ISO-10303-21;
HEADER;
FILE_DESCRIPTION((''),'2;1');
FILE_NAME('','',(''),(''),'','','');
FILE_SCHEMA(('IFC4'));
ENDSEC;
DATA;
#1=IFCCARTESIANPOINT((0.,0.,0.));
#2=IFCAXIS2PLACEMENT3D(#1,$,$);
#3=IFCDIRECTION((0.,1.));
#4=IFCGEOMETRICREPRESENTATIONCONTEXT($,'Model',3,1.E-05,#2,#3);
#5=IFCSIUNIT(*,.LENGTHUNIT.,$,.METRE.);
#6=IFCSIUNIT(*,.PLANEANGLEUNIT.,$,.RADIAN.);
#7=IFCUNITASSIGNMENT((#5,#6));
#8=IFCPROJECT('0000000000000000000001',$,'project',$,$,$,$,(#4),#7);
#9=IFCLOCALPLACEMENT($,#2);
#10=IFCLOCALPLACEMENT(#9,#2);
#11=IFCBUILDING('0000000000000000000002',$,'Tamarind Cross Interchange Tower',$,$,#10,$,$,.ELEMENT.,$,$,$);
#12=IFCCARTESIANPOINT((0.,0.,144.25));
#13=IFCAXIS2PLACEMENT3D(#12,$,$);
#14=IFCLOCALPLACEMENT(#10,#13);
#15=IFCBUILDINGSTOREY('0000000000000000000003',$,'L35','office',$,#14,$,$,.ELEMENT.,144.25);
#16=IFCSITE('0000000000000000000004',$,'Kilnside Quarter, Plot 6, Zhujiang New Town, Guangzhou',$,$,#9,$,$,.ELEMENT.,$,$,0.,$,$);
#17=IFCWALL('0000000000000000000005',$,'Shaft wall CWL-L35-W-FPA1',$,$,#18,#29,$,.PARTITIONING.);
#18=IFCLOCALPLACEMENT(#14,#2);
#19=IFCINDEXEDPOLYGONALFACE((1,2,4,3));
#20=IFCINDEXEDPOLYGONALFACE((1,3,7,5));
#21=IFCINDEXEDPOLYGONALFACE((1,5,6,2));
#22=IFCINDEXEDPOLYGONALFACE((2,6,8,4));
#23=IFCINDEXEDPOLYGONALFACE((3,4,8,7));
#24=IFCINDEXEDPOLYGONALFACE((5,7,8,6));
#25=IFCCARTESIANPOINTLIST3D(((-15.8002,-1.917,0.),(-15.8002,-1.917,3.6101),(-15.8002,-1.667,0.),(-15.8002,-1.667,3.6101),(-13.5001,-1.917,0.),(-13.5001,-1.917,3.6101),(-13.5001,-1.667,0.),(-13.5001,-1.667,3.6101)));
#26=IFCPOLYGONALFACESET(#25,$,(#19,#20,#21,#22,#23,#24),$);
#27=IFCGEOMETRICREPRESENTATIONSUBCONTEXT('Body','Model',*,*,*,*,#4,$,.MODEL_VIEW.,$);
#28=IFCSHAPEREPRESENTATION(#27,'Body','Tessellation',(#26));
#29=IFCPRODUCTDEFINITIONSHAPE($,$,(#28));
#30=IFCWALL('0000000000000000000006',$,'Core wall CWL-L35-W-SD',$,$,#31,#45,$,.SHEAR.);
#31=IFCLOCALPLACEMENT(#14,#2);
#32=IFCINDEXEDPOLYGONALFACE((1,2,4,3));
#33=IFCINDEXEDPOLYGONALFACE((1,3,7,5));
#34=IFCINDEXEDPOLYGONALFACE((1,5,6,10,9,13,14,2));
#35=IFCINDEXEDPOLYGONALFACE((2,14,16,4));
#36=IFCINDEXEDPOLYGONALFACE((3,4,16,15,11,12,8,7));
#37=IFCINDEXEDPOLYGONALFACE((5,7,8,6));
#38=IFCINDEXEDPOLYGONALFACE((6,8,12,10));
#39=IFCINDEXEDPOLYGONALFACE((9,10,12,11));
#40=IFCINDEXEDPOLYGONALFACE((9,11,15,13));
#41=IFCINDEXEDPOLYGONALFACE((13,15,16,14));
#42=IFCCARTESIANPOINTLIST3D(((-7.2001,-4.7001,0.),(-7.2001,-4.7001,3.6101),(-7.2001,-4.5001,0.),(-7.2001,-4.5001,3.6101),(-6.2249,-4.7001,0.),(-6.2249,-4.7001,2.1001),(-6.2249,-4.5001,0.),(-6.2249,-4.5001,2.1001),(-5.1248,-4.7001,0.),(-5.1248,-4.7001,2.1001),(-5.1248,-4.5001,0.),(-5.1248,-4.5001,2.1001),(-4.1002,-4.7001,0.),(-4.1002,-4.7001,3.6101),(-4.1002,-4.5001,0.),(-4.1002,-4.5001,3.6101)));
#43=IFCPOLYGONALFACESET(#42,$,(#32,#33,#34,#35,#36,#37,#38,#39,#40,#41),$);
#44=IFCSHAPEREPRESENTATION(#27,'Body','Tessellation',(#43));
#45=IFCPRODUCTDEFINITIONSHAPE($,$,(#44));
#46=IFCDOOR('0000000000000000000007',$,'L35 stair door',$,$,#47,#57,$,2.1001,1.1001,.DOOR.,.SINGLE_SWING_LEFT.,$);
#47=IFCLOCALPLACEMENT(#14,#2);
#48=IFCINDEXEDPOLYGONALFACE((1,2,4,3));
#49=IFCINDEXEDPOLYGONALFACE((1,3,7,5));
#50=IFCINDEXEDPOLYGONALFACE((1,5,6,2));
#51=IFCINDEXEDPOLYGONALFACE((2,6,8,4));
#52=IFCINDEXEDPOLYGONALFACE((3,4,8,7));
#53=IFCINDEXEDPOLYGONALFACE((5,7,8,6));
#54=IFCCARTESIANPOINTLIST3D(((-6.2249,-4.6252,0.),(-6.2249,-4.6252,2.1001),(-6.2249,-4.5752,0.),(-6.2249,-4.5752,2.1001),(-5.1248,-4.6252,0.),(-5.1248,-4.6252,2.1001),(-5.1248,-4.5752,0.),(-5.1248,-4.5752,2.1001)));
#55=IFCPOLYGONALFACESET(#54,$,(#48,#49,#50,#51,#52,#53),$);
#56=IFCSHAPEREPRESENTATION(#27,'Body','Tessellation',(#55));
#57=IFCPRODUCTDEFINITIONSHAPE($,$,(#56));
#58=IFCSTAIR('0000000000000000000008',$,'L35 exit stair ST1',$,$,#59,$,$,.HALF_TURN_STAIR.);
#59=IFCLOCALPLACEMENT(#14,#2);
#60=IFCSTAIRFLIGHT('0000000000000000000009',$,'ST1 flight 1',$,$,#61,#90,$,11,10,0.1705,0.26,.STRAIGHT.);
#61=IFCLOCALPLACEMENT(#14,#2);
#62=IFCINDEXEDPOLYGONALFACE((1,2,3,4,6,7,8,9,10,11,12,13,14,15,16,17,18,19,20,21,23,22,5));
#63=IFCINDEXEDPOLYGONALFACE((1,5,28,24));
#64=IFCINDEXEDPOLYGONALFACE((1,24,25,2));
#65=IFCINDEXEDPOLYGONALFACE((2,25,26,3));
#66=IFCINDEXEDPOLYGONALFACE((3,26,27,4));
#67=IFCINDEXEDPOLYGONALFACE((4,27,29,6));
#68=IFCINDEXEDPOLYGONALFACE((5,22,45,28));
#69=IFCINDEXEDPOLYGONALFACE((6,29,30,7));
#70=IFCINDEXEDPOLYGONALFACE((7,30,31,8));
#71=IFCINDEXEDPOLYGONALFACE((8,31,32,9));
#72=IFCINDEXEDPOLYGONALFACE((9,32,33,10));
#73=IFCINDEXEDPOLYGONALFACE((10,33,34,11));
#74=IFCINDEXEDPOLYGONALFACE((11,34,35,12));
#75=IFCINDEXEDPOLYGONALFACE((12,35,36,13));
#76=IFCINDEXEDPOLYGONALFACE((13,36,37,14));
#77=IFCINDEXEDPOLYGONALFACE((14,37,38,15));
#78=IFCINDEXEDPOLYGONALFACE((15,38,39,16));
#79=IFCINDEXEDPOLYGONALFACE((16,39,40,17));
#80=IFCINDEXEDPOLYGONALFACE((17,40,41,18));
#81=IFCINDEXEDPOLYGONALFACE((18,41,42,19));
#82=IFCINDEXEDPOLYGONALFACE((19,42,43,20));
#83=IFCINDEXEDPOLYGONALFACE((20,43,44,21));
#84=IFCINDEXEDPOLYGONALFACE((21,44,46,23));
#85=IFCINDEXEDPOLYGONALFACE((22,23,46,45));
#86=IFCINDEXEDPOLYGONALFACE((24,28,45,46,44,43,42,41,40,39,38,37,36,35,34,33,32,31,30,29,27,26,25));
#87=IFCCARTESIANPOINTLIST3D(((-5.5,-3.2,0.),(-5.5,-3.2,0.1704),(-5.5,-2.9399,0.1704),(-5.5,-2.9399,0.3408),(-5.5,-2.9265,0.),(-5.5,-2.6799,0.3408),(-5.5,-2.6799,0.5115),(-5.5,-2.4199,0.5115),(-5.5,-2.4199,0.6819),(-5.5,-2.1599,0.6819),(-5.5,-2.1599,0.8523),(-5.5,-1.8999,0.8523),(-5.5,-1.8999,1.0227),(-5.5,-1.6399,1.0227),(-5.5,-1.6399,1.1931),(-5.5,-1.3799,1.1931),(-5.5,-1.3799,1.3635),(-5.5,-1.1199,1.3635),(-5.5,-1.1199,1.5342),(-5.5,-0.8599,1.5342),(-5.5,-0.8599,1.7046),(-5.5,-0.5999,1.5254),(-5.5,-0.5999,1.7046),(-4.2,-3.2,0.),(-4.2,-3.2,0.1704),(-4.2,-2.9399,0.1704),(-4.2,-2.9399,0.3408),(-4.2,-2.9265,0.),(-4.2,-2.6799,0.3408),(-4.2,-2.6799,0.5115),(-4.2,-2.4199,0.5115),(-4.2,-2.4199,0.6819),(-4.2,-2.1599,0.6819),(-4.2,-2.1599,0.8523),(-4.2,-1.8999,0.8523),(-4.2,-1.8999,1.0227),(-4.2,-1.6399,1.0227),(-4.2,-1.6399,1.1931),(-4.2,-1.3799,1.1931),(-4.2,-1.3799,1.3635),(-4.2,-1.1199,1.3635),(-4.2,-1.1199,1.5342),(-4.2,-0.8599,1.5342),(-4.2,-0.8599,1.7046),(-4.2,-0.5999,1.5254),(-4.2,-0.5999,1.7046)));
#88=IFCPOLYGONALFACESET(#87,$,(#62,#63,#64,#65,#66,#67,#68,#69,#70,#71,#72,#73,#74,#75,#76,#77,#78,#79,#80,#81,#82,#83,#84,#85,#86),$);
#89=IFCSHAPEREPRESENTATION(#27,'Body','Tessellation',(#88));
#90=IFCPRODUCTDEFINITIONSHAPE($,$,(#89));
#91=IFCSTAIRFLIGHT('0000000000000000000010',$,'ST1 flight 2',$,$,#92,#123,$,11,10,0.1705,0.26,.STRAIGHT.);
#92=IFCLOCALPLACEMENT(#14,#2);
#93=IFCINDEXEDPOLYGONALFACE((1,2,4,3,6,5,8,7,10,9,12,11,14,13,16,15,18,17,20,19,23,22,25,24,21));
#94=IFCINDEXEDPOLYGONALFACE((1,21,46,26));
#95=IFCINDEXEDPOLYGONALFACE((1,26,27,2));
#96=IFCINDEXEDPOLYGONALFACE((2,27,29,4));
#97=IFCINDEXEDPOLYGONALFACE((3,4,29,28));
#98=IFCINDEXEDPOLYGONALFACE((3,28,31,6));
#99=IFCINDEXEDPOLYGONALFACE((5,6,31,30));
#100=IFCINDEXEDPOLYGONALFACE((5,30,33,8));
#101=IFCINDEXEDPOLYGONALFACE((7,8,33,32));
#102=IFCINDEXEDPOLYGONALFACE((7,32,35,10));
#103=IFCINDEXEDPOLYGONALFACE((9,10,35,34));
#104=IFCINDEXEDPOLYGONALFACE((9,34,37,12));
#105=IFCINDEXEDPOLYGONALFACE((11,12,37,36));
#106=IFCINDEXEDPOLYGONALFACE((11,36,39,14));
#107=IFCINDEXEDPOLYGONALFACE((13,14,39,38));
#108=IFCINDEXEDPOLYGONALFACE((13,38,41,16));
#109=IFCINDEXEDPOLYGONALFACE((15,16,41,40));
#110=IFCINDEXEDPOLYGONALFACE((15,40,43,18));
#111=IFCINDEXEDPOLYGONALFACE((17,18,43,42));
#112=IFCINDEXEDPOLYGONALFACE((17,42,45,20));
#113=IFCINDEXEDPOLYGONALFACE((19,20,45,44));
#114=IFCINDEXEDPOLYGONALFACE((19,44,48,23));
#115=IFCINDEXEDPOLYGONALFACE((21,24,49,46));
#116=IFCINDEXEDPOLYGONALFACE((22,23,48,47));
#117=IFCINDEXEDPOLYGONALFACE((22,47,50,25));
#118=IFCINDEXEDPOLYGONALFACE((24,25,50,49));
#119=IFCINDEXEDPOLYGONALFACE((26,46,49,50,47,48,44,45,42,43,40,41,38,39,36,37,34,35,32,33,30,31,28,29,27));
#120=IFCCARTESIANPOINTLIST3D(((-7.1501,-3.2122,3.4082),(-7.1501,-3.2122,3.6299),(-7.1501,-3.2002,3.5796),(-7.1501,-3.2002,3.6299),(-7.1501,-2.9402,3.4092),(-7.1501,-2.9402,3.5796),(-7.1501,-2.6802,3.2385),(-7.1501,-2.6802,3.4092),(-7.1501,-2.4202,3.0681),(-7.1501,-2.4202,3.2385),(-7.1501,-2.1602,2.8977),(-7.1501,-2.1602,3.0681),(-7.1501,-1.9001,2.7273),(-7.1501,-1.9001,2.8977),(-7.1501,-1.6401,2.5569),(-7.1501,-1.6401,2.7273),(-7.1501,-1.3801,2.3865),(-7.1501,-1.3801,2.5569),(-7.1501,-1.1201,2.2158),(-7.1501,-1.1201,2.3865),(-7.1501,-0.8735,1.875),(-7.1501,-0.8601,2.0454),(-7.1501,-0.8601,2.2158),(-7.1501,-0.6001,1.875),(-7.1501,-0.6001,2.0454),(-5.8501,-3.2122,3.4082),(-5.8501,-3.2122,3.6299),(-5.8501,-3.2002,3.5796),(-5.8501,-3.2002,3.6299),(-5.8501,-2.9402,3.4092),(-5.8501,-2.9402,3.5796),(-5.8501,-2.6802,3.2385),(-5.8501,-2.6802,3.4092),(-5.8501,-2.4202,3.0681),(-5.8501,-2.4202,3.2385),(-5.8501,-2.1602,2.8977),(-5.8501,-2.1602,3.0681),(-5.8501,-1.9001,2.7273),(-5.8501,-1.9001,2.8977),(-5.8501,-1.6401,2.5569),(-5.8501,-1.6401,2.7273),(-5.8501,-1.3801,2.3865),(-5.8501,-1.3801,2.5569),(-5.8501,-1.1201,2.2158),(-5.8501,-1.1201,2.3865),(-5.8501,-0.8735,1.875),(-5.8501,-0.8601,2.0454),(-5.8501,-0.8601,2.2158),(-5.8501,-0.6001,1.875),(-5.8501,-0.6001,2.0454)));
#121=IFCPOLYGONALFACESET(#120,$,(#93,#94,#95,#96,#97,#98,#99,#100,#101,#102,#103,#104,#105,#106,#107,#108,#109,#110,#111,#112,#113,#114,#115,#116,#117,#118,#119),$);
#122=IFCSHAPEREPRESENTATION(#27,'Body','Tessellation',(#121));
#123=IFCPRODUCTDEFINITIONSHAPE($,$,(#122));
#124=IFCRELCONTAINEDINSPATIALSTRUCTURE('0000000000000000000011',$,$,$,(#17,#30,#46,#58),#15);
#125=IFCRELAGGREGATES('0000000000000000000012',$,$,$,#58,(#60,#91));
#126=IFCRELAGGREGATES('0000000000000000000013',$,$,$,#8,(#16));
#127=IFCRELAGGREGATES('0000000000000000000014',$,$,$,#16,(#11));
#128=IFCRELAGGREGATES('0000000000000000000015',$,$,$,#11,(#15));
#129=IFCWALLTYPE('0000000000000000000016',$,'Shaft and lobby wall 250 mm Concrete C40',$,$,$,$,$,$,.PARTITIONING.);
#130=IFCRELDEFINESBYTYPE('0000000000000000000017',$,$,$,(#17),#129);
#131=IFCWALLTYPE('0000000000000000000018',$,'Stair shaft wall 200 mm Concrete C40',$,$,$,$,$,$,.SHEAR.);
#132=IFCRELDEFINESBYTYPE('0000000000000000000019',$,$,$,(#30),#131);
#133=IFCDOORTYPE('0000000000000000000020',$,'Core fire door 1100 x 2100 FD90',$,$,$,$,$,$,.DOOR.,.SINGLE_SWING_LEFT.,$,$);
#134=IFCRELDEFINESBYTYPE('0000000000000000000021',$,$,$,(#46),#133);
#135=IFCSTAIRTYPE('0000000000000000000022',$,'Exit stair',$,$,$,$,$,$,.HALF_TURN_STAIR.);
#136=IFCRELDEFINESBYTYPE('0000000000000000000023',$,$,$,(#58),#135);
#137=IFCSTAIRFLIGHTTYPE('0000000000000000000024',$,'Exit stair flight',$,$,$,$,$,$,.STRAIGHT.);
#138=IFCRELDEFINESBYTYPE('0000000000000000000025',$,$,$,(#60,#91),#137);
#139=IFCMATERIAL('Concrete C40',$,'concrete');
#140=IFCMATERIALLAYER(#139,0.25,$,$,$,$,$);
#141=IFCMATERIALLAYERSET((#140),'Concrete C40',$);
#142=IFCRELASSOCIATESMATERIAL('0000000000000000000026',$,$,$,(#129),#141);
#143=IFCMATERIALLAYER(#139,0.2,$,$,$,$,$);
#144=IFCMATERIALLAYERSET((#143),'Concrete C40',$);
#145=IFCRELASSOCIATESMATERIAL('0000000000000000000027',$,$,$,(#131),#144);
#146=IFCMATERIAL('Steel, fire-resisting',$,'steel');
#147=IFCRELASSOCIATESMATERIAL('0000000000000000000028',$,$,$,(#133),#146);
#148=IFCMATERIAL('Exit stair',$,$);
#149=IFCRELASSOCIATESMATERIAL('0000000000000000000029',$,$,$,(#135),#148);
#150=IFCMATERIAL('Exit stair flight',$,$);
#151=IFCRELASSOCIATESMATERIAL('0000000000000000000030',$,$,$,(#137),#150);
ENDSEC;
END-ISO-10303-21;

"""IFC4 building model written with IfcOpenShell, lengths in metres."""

from ifc_helpers import new_model, si_unit, direction, frame, frame_2d, origin, place, context, subcontext, project, spatial, polyline, rectangle, outline, extrude, material, layer, layer_set, type_object, element, fill, aggregate, save


model = new_model("IFC4")

# Units and contexts
model_context = context("Model", 3, precision=1e-05, world=origin(), true_north=direction((0.0, 1.0)))
body_context = subcontext(model_context, "Body", "Model", "MODEL_VIEW")
ifc_project = project(units=[si_unit("LENGTHUNIT", "METRE"), si_unit("PLANEANGLEUNIT", "RADIAN")], contexts=[model_context])

# Site, building, storey
site_placement = place(None, origin())
site = spatial("IfcSite", under=ifc_project, at=site_placement, Name="Kilnside Quarter, Plot 6, Zhujiang New Town, Guangzhou", CompositionType="ELEMENT", RefElevation=0.0)
building_placement = place(site_placement, origin())
building = spatial("IfcBuilding", under=site, at=building_placement, Name="Tamarind Cross Interchange Tower", CompositionType="ELEMENT")
storey_placement = place(building_placement, frame((0.0, 0.0, 144.25)))
storey = spatial("IfcBuildingStorey", under=building, at=storey_placement, Name="L35", Description="office", CompositionType="ELEMENT", Elevation=144.25)

# Shared definitions
ifc_material_1 = material(Name="Steel, fire-resisting", Category="steel")

# Wall
ifc_material_2 = material(Name="Concrete C40", Category="concrete")
ifc_layer_1 = layer(ifc_material_2, 0.25)
ifc_layer_set_1 = layer_set([ifc_layer_1], Name="Concrete C40")
wall_type_1 = type_object("IfcWallType", Name="Shaft and lobby wall 250 mm Concrete C40", PredefinedType="PARTITIONING", material=ifc_layer_set_1)
wall_1_placement = place(storey_placement, frame((-15.8, -1.792, 0.0), z_axis=(0.0, 0.0, 1.0), x_axis=(1.0, 0.0, 0.0)))
element("IfcWall", 1, at=wall_1_placement, inside=storey, type_object=wall_type_1, Name="Shaft wall CWL-L35-W-FPA1", PredefinedType="PARTITIONING", context=body_context, shape_type="SweptSolid", body=[
    extrude(rectangle(XDim=2.3, YDim=0.25, at=frame_2d((1.1499, 0.0))), origin(), (0.0, 0.0, 1.0), 3.6101),
])

# Wall, opening, door
ifc_layer_2 = layer(ifc_material_2, 0.2)
ifc_layer_set_2 = layer_set([ifc_layer_2], Name="Concrete C40")
wall_type_2 = type_object("IfcWallType", Name="Stair shaft wall 200 mm Concrete C40", PredefinedType="SHEAR", material=ifc_layer_set_2)
wall_2_placement = place(storey_placement, frame((-7.2, -4.6001, 0.0), z_axis=(0.0, 0.0, 1.0), x_axis=(1.0, 0.0, 0.0)))
wall_2 = element("IfcWall", 2, at=wall_2_placement, inside=storey, type_object=wall_type_2, Name="Core wall CWL-L35-W-SD", PredefinedType="SHEAR", context=body_context, shape_type="SweptSolid", body=[
    extrude(rectangle(XDim=3.0999, YDim=0.2, at=frame_2d((1.5498, 0.0))), origin(), (0.0, 0.0, 1.0), 3.6101),
])
opening_1_placement = place(wall_2_placement, frame((0.9751, 0.0, 0.0)))
opening_1 = element("IfcOpeningElement", 3, at=opening_1_placement, cuts=wall_2, PredefinedType="OPENING", context=body_context, shape_type="SweptSolid", body=[
    extrude(rectangle(XDim=1.1001, YDim=2.1001, at=frame_2d((0.55, 1.05))), frame((0.0, 0.1099, 0.0), z_axis=(0.0, -1.0, 0.0), x_axis=(1.0, 0.0, 0.0)), (0.0, 0.0, 1.0), 0.22),
])
door_type_1 = type_object("IfcDoorType", Name="Core fire door 1100 x 2100 FD90", OperationType="SINGLE_SWING_LEFT", PredefinedType="DOOR", material=ifc_material_1)
door_1_placement = place(opening_1_placement, origin())
door_1 = element("IfcDoor", 4, at=door_1_placement, inside=storey, type_object=door_type_1, Name="L35 stair door", OperationType="SINGLE_SWING_LEFT", OverallHeight=2.1001, OverallWidth=1.1001, PredefinedType="DOOR", context=body_context, shape_type="SweptSolid", body=[
    extrude(rectangle(XDim=1.1001, YDim=2.1001, at=frame_2d((0.55, 1.05))), frame((0.0, 0.0249, 0.0), z_axis=(0.0, -1.0, 0.0), x_axis=(1.0, 0.0, 0.0)), (0.0, 0.0, 1.0), 0.05),
])
fill(opening_1, door_1)

# Stair, stair flights
ifc_material_3 = material(Name="Exit stair")
stair_type = type_object("IfcStairType", Name="Exit stair", PredefinedType="HALF_TURN_STAIR", material=ifc_material_3)
stair_placement = place(storey_placement, origin())
stair = element("IfcStair", 5, at=stair_placement, inside=storey, type_object=stair_type, Name="L35 exit stair ST1", PredefinedType="HALF_TURN_STAIR")
ifc_material_4 = material(Name="Exit stair flight")
stair_flight_type = type_object("IfcStairFlightType", Name="Exit stair flight", PredefinedType="STRAIGHT", material=ifc_material_4)
stair_flight_1_placement = place(storey_placement, frame((-4.8501, -3.2, 0.0), z_axis=(0.0, 0.0, 1.0), x_axis=(0.0, 1.0, 0.0)))
stair_flight_1 = element("IfcStairFlight", 6, at=stair_flight_1_placement, type_object=stair_flight_type, Name="ST1 flight 1", NumberOfRisers=11, NumberOfTreads=10, PredefinedType="STRAIGHT", RiserHeight=0.1705, TreadLength=0.26, context=body_context, shape_type="SweptSolid", body=[
    extrude(outline(polyline([(0.0, 0.0), (0.0, 0.1704), (0.26, 0.1704), (0.26, 0.3408), (0.52, 0.3408), (0.52, 0.5115), (0.78, 0.5115), (0.78, 0.6819), (1.04, 0.6819), (1.04, 0.8523), (1.3, 0.8523), (1.3, 1.0227), (1.5601, 1.0227), (1.5601, 1.1931), (1.8201, 1.1931), (1.8201, 1.3635), (2.0801, 1.3635), (2.0801, 1.5342), (2.3401, 1.5342), (2.3401, 1.7046), (2.6001, 1.7046), (2.6001, 1.875), (2.6001, 1.5254), (0.2734, 0.0), (0.0, 0.0)])), frame((0.0, 0.6499, 0.0), z_axis=(0.0, -1.0, 0.0), x_axis=(1.0, 0.0, 0.0)), (0.0, 0.0, 1.0), 1.3),
])
stair_flight_2_placement = place(storey_placement, frame((-6.5, -0.6001, 1.875), z_axis=(0.0, 0.0, 1.0), x_axis=(0.0, -1.0, 0.0)))
stair_flight_2 = element("IfcStairFlight", 7, at=stair_flight_2_placement, type_object=stair_flight_type, Name="ST1 flight 2", NumberOfRisers=11, NumberOfTreads=10, PredefinedType="STRAIGHT", RiserHeight=0.1705, TreadLength=0.26, context=body_context, shape_type="SweptSolid", body=[
    extrude(outline(polyline([(0.0, 0.0), (0.0, 0.1704), (0.26, 0.1704), (0.26, 0.3408), (0.52, 0.3408), (0.52, 0.5115), (0.78, 0.5115), (0.78, 0.6819), (1.04, 0.6819), (1.04, 0.8523), (1.3, 0.8523), (1.3, 1.0227), (1.5601, 1.0227), (1.5601, 1.1931), (1.8201, 1.1931), (1.8201, 1.3635), (2.0801, 1.3635), (2.0801, 1.5342), (2.3401, 1.5342), (2.3401, 1.7046), (2.6001, 1.7046), (2.6001, 1.7549), (2.6121, 1.7549), (2.6121, 1.5332), (0.2734, 0.0), (0.0, 0.0)])), frame((0.0, 0.6499, 0.0), z_axis=(0.0, -1.0, 0.0), x_axis=(1.0, 0.0, 0.0)), (0.0, 0.0, 1.0), 1.3),
])
aggregate(stair, [stair_flight_1, stair_flight_2])

save(model, "model.ifc")
